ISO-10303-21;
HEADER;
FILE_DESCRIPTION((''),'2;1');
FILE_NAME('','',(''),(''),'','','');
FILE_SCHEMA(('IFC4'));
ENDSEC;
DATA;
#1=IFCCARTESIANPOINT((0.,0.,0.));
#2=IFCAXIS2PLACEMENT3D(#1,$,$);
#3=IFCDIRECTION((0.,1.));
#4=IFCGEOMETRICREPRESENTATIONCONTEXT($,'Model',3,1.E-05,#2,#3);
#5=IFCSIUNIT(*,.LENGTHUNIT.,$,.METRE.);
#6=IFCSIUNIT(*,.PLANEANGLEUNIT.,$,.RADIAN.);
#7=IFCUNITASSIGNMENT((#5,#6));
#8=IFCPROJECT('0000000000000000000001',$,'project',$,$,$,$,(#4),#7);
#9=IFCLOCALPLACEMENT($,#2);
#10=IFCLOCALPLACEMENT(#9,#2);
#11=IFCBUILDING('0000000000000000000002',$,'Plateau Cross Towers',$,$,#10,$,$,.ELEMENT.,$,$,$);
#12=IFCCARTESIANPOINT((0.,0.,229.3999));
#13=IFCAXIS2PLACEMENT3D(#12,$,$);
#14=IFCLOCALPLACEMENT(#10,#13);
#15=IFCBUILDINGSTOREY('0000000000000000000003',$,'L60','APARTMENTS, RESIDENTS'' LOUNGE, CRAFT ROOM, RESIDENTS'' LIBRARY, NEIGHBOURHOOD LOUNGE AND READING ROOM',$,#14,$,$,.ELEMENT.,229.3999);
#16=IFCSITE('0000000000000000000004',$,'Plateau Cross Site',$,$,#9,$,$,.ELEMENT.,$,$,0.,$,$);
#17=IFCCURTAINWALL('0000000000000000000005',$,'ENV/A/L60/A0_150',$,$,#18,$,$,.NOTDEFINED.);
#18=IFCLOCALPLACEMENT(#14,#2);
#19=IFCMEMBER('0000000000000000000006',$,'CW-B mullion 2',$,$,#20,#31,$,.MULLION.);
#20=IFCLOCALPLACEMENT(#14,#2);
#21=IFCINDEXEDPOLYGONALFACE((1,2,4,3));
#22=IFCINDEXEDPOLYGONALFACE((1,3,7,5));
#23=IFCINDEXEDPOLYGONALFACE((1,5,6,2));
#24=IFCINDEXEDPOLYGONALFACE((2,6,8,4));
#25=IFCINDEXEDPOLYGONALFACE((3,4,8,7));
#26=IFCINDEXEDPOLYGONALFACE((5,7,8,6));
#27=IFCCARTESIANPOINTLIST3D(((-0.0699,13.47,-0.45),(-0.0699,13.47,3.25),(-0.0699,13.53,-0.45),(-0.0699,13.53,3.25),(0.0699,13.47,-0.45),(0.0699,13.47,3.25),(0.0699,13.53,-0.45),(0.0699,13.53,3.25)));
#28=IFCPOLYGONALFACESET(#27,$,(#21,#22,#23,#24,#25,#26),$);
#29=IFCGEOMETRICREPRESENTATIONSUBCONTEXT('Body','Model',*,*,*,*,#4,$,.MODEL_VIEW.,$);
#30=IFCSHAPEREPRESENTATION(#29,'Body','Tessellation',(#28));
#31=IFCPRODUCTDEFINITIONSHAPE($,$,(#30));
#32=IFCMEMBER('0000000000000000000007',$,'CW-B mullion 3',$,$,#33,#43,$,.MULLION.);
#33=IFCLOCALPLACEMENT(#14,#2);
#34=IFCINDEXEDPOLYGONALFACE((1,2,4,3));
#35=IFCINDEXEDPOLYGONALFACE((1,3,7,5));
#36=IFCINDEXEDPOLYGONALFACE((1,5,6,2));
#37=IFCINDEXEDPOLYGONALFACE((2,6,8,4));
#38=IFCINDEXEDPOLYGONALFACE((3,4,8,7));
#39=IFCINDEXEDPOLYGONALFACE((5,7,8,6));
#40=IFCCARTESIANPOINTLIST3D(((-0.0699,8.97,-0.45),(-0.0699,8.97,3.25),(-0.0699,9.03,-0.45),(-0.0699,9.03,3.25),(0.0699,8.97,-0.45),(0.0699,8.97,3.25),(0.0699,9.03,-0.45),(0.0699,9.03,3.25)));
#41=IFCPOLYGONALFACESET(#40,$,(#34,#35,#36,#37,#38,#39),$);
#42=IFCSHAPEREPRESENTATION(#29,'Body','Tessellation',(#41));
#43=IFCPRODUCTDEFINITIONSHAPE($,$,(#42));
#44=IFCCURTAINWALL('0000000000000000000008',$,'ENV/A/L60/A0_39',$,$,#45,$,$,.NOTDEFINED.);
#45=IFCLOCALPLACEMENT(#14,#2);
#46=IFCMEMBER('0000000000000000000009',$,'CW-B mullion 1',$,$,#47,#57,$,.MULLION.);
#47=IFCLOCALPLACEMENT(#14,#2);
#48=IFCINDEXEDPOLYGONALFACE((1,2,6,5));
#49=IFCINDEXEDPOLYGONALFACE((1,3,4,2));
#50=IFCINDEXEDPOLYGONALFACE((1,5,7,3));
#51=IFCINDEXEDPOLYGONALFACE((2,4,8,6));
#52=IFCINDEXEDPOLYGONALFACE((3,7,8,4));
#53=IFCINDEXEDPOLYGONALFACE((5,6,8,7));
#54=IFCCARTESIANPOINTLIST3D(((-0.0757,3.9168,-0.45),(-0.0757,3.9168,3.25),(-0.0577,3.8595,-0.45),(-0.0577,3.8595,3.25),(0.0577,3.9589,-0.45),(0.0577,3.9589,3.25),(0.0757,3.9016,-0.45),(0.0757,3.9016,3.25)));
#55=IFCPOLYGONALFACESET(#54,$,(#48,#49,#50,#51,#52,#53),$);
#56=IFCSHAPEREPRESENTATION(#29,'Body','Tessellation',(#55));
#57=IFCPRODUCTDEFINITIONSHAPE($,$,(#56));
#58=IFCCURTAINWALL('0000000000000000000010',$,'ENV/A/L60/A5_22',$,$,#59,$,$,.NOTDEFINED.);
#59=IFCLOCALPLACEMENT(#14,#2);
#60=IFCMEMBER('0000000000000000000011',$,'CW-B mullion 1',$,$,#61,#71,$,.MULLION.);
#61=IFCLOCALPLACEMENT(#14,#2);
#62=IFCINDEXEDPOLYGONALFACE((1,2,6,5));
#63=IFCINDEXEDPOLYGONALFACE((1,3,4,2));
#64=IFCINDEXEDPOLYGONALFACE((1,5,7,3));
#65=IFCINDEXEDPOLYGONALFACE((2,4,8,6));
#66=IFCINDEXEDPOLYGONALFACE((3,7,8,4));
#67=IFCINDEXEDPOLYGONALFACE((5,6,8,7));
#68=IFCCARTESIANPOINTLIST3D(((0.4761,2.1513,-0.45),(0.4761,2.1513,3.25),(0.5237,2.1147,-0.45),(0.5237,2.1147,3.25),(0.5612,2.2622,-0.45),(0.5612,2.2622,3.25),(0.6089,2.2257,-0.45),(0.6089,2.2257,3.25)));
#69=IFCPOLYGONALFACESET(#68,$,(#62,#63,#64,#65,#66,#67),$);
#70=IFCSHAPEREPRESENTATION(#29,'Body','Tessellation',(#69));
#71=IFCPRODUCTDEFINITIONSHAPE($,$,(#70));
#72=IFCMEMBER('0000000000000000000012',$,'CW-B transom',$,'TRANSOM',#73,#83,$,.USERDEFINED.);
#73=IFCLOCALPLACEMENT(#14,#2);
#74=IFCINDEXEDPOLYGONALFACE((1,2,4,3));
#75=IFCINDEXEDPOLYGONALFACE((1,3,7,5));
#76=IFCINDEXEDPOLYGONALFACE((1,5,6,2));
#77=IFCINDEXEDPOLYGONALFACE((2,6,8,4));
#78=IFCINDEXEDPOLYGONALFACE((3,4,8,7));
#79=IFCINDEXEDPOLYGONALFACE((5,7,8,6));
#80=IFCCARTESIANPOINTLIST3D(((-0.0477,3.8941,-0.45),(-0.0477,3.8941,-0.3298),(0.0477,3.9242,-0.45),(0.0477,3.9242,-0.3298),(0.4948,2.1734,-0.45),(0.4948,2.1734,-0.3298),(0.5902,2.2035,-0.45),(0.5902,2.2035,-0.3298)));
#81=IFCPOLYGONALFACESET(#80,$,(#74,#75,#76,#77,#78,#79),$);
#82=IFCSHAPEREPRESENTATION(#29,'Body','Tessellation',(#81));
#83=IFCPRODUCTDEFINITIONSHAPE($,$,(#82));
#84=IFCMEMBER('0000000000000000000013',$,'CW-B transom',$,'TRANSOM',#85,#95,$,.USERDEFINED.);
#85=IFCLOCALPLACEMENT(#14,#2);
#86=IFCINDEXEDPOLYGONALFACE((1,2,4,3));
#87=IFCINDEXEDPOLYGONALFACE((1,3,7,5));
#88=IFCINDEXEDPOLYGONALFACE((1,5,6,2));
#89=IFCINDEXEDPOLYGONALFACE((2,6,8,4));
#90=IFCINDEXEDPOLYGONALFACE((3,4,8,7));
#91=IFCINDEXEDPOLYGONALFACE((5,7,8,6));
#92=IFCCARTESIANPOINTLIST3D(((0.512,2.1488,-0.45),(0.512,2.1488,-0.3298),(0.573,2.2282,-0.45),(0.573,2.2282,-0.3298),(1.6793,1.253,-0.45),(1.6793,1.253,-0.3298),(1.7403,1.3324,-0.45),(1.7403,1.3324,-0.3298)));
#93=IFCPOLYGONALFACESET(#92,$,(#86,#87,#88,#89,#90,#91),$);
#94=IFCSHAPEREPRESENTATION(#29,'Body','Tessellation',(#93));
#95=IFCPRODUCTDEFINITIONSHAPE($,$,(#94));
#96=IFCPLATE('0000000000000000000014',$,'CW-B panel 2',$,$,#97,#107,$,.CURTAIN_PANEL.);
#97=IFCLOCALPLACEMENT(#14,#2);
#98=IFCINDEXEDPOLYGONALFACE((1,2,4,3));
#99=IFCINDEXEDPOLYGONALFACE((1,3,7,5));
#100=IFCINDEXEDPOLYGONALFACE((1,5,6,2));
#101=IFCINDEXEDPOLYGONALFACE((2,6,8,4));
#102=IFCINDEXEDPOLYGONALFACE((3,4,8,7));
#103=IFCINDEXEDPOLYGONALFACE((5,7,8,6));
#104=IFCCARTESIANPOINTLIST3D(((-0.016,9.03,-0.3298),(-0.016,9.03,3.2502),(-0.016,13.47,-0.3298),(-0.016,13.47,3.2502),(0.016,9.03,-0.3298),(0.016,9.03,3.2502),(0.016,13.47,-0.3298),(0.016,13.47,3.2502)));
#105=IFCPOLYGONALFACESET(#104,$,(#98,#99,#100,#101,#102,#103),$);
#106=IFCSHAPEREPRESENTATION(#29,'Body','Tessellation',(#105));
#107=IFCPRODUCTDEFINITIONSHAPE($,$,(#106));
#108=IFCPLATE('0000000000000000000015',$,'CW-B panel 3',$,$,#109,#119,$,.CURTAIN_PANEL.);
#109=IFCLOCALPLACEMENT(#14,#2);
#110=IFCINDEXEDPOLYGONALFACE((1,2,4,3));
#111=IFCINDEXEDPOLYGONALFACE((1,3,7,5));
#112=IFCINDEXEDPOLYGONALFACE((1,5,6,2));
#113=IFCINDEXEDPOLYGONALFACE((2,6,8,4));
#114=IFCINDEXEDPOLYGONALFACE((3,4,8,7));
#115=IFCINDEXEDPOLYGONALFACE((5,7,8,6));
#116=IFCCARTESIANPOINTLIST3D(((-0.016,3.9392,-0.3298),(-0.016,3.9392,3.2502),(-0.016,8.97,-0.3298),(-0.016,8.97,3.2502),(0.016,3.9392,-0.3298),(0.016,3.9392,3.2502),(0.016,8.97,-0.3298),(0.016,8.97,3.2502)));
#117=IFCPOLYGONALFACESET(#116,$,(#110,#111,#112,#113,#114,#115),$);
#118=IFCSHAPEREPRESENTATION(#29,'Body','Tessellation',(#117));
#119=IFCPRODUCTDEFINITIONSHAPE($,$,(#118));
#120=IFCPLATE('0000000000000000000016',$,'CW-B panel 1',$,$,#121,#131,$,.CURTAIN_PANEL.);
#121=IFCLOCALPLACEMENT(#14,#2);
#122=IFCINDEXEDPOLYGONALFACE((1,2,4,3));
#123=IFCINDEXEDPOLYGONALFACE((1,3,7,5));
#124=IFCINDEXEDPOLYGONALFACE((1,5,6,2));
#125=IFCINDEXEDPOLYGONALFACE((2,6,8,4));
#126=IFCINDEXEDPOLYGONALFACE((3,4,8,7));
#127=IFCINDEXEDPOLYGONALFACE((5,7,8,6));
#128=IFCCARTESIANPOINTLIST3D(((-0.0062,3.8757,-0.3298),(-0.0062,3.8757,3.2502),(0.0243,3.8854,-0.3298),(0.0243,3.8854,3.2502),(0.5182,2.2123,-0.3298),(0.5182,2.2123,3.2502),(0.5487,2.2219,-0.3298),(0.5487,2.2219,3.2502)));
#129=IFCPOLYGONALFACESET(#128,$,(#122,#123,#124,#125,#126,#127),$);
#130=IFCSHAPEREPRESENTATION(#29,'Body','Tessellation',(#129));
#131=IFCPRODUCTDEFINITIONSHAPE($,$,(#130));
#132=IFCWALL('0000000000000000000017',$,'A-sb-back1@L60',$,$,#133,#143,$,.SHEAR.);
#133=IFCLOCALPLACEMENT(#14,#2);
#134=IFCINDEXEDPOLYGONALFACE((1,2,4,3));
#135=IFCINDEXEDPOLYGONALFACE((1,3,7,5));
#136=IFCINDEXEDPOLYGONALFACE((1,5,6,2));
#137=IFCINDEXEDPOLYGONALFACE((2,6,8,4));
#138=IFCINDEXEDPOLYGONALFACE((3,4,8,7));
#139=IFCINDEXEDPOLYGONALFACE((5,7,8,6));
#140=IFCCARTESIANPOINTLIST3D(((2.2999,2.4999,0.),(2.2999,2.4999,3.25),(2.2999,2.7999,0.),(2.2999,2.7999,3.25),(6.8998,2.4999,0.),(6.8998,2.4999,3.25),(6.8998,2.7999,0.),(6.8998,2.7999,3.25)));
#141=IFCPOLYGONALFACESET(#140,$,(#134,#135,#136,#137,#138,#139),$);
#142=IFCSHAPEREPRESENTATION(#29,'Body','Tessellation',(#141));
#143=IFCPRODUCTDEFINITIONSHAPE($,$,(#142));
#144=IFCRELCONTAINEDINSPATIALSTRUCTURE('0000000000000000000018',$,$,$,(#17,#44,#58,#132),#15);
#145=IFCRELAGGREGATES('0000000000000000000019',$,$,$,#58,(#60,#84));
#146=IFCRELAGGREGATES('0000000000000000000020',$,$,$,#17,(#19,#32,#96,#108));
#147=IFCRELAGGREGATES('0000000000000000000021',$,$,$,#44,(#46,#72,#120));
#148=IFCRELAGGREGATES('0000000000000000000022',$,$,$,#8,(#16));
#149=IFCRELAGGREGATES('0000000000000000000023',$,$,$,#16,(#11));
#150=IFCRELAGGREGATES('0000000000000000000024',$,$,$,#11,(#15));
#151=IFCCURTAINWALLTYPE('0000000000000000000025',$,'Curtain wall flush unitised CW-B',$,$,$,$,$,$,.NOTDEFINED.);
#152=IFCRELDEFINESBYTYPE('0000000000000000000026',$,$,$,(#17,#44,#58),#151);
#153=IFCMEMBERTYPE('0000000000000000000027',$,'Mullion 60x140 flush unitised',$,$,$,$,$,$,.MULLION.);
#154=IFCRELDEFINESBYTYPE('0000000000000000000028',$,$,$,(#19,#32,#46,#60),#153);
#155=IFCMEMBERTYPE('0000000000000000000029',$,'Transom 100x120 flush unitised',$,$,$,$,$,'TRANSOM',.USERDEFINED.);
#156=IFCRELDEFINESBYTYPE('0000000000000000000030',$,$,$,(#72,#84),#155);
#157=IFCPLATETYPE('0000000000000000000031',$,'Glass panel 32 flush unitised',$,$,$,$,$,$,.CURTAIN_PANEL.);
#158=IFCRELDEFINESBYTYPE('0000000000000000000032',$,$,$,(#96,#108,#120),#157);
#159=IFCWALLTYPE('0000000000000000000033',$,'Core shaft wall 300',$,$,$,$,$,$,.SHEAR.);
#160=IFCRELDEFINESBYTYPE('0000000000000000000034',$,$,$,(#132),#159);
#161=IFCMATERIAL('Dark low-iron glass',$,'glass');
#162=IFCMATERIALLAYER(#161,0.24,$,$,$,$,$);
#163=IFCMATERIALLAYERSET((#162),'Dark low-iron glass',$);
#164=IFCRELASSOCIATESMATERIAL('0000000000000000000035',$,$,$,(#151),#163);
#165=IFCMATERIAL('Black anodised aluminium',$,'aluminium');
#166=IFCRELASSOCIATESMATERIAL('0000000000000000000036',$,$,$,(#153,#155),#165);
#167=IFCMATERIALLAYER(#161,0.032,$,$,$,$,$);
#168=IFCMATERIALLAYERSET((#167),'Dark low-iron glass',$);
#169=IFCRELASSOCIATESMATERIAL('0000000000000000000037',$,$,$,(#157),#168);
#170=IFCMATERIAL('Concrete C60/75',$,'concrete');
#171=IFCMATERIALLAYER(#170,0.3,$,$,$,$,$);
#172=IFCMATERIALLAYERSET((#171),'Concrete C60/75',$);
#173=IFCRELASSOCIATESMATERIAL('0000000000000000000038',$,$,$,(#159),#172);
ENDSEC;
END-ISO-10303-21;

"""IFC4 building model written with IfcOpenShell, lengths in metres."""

from ifc_helpers import new_model, si_unit, direction, frame, frame_2d, origin, origin_2d, place, context, subcontext, project, spatial, rectangle, extrude, material, layer, layer_set, material_profile, profile_set, type_object, element, aggregate, save


model = new_model("IFC4")

# Units and contexts
model_context = context("Model", 3, precision=1e-05, world=origin(), true_north=direction((0.0, 1.0)))
body_context = subcontext(model_context, "Body", "Model", "MODEL_VIEW")
ifc_project = project(units=[si_unit("LENGTHUNIT", "METRE"), si_unit("PLANEANGLEUNIT", "RADIAN")], contexts=[model_context])

# Site, building, storey
site_placement = place(None, origin())
site = spatial("IfcSite", under=ifc_project, at=site_placement, Name="Plateau Cross Site", CompositionType="ELEMENT", RefElevation=0.0)
building_placement = place(site_placement, origin())
building = spatial("IfcBuilding", under=site, at=building_placement, Name="Plateau Cross Towers", CompositionType="ELEMENT")
storey_placement = place(building_placement, frame((0.0, 0.0, 229.3999)))
storey = spatial("IfcBuildingStorey", under=building, at=storey_placement, Name="L60", Description="APARTMENTS, RESIDENTS' LOUNGE, CRAFT ROOM, RESIDENTS' LIBRARY, NEIGHBOURHOOD LOUNGE AND READING ROOM", CompositionType="ELEMENT", Elevation=229.3999)

# Curtain wall, members
ifc_material_1 = material(Name="Dark low-iron glass", Category="glass")
ifc_layer_1 = layer(ifc_material_1, 0.24)
ifc_layer_set_1 = layer_set([ifc_layer_1], Name="Dark low-iron glass")
curtain_wall_type = type_object("IfcCurtainWallType", Name="Curtain wall flush unitised CW-B", PredefinedType="NOTDEFINED", material=ifc_layer_set_1)
curtain_wall_1_placement = place(storey_placement, origin())
curtain_wall_1 = element("IfcCurtainWall", 1, at=curtain_wall_1_placement, inside=storey, type_object=curtain_wall_type, Name="ENV/A/L60/A0_150", PredefinedType="NOTDEFINED")
ifc_material_2 = material(Name="Black anodised aluminium", Category="aluminium")
ifc_material_profile_1 = material_profile(ifc_material_2, rectangle(XDim=0.0601, YDim=0.1399, at=origin_2d()), Name="MULLION 60x140")
ifc_profile_set_1 = profile_set([ifc_material_profile_1], Name="Black anodised aluminium")
member_type_1 = type_object("IfcMemberType", Name="Mullion 60x140 flush unitised", PredefinedType="MULLION", material=ifc_profile_set_1)
member_1_placement = place(storey_placement, frame((0.0, 13.5, -0.45), z_axis=(0.0, 0.0, 1.0), x_axis=(0.0, -1.0, 0.0)))
member_1 = element("IfcMember", 2, at=member_1_placement, type_object=member_type_1, Name="CW-B mullion 2", PredefinedType="MULLION", context=body_context, shape_type="SweptSolid", body=[
    extrude(rectangle(XDim=0.0601, YDim=0.1399, at=origin_2d()), origin(), (0.0, 0.0, 1.0), 3.7),
])
member_2_placement = place(storey_placement, frame((0.0, 9.0, -0.45), z_axis=(0.0, 0.0, 1.0), x_axis=(0.0, -1.0, 0.0)))
member_2 = element("IfcMember", 3, at=member_2_placement, type_object=member_type_1, Name="CW-B mullion 3", PredefinedType="MULLION", context=body_context, shape_type="SweptSolid", body=[
    extrude(rectangle(XDim=0.0601, YDim=0.1399, at=origin_2d()), origin(), (0.0, 0.0, 1.0), 3.7),
])

# Curtain walls, members
curtain_wall_2_placement = place(storey_placement, origin())
curtain_wall_2 = element("IfcCurtainWall", 4, at=curtain_wall_2_placement, inside=storey, type_object=curtain_wall_type, Name="ENV/A/L60/A0_39", PredefinedType="NOTDEFINED")
member_3_placement = place(storey_placement, frame((0.0, 3.9092, -0.45), z_axis=(0.0, 0.0, 1.0), x_axis=(0.300686, -0.953723, 0.0)))
member_3 = element("IfcMember", 5, at=member_3_placement, type_object=member_type_1, Name="CW-B mullion 1", PredefinedType="MULLION", context=body_context, shape_type="SweptSolid", body=[
    extrude(rectangle(XDim=0.0601, YDim=0.1399, at=origin_2d()), origin(), (0.0, 0.0, 1.0), 3.7),
])
curtain_wall_3_placement = place(storey_placement, origin())
curtain_wall_3 = element("IfcCurtainWall", 6, at=curtain_wall_3_placement, inside=storey, type_object=curtain_wall_type, Name="ENV/A/L60/A5_22", PredefinedType="NOTDEFINED")
member_4_placement = place(storey_placement, frame((0.5425, 2.1885, -0.45), z_axis=(0.0, 0.0, 1.0), x_axis=(0.793316, -0.608811, 0.0)))
member_4 = element("IfcMember", 7, at=member_4_placement, type_object=member_type_1, Name="CW-B mullion 1", PredefinedType="MULLION", context=body_context, shape_type="SweptSolid", body=[
    extrude(rectangle(XDim=0.0601, YDim=0.1399, at=origin_2d()), origin(), (0.0, 0.0, 1.0), 3.7),
])

# Members
ifc_material_profile_2 = material_profile(ifc_material_2, rectangle(XDim=0.1001, YDim=0.1201, at=origin_2d()), Name="TRANSOM 100x120")
ifc_profile_set_2 = profile_set([ifc_material_profile_2], Name="Black anodised aluminium")
member_type_2 = type_object("IfcMemberType", Name="Transom 100x120 flush unitised", ElementType="TRANSOM", PredefinedType="USERDEFINED", material=ifc_profile_set_2)
member_5_placement = place(storey_placement, frame((0.0, 3.9092, -0.3899), z_axis=(0.300678, -0.953726, 0.0), x_axis=(0.953726, 0.300678, 0.0)))
member_5 = element("IfcMember", 8, at=member_5_placement, type_object=member_type_2, Name="CW-B transom", ObjectType="TRANSOM", PredefinedType="USERDEFINED", context=body_context, shape_type="SweptSolid", body=[
    extrude(rectangle(XDim=0.1001, YDim=0.1201, at=origin_2d()), origin(), (0.0, 0.0, 1.0), 1.8042),
])
member_6_placement = place(storey_placement, frame((0.5425, 2.1885, -0.3899), z_axis=(0.793321, -0.608804, 0.0), x_axis=(0.608804, 0.793321, 0.0)))
member_6 = element("IfcMember", 9, at=member_6_placement, type_object=member_type_2, Name="CW-B transom", ObjectType="TRANSOM", PredefinedType="USERDEFINED", context=body_context, shape_type="SweptSolid", body=[
    extrude(rectangle(XDim=0.1001, YDim=0.1201, at=origin_2d()), origin(), (0.0, 0.0, 1.0), 1.4714),
])
aggregate(curtain_wall_3, [member_4, member_6])

# Plates
ifc_layer_2 = layer(ifc_material_1, 0.032)
ifc_layer_set_2 = layer_set([ifc_layer_2], Name="Dark low-iron glass")
plate_type = type_object("IfcPlateType", Name="Glass panel 32 flush unitised", PredefinedType="CURTAIN_PANEL", material=ifc_layer_set_2)
plate_1_placement = place(storey_placement, frame((0.0, 11.25, -0.3298), z_axis=(0.0, 0.0, 1.0), x_axis=(0.0, -1.0, 0.0)))
plate_1 = element("IfcPlate", 10, at=plate_1_placement, type_object=plate_type, Name="CW-B panel 2", PredefinedType="CURTAIN_PANEL", context=body_context, shape_type="SweptSolid", body=[
    extrude(rectangle(XDim=4.4399, YDim=0.032, at=origin_2d()), origin(), (0.0, 0.0, 1.0), 3.5801),
])
plate_2_placement = place(storey_placement, frame((0.0, 6.4546, -0.3298), z_axis=(0.0, 0.0, 1.0), x_axis=(0.0, -1.0, 0.0)))
plate_2 = element("IfcPlate", 11, at=plate_2_placement, type_object=plate_type, Name="CW-B panel 3", PredefinedType="CURTAIN_PANEL", context=body_context, shape_type="SweptSolid", body=[
    extrude(rectangle(XDim=5.0308, YDim=0.032, at=origin_2d()), origin(), (0.0, 0.0, 1.0), 3.5801),
])
aggregate(curtain_wall_1, [member_1, member_2, plate_1, plate_2])
plate_3_placement = place(storey_placement, frame((0.2712, 3.0488, -0.3298), z_axis=(0.0, 0.0, 1.0), x_axis=(0.300686, -0.953723, 0.0)))
plate_3 = element("IfcPlate", 12, at=plate_3_placement, type_object=plate_type, Name="CW-B panel 1", PredefinedType="CURTAIN_PANEL", context=body_context, shape_type="SweptSolid", body=[
    extrude(rectangle(XDim=1.7441, YDim=0.032, at=origin_2d()), origin(), (0.0, 0.0, 1.0), 3.5801),
])
aggregate(curtain_wall_2, [member_3, member_5, plate_3])

# Wall
ifc_material_3 = material(Name="Concrete C60/75", Category="concrete")
ifc_layer_3 = layer(ifc_material_3, 0.3)
ifc_layer_set_3 = layer_set([ifc_layer_3], Name="Concrete C60/75")
wall_type_1 = type_object("IfcWallType", Name="Core shaft wall 300", PredefinedType="SHEAR", material=ifc_layer_set_3)
wall_1_placement = place(storey_placement, frame((2.3, 2.6499, 0.0), z_axis=(0.0, 0.0, 1.0), x_axis=(1.0, 0.0, 0.0)))
element("IfcWall", 13, at=wall_1_placement, inside=storey, type_object=wall_type_1, Name="A-sb-back1@L60", PredefinedType="SHEAR", context=body_context, shape_type="SweptSolid", body=[
    extrude(rectangle(XDim=4.5999, YDim=0.3, at=frame_2d((2.2998, 0.0))), origin(), (0.0, 0.0, 1.0), 3.25),
])

save(model, "model.ifc")
